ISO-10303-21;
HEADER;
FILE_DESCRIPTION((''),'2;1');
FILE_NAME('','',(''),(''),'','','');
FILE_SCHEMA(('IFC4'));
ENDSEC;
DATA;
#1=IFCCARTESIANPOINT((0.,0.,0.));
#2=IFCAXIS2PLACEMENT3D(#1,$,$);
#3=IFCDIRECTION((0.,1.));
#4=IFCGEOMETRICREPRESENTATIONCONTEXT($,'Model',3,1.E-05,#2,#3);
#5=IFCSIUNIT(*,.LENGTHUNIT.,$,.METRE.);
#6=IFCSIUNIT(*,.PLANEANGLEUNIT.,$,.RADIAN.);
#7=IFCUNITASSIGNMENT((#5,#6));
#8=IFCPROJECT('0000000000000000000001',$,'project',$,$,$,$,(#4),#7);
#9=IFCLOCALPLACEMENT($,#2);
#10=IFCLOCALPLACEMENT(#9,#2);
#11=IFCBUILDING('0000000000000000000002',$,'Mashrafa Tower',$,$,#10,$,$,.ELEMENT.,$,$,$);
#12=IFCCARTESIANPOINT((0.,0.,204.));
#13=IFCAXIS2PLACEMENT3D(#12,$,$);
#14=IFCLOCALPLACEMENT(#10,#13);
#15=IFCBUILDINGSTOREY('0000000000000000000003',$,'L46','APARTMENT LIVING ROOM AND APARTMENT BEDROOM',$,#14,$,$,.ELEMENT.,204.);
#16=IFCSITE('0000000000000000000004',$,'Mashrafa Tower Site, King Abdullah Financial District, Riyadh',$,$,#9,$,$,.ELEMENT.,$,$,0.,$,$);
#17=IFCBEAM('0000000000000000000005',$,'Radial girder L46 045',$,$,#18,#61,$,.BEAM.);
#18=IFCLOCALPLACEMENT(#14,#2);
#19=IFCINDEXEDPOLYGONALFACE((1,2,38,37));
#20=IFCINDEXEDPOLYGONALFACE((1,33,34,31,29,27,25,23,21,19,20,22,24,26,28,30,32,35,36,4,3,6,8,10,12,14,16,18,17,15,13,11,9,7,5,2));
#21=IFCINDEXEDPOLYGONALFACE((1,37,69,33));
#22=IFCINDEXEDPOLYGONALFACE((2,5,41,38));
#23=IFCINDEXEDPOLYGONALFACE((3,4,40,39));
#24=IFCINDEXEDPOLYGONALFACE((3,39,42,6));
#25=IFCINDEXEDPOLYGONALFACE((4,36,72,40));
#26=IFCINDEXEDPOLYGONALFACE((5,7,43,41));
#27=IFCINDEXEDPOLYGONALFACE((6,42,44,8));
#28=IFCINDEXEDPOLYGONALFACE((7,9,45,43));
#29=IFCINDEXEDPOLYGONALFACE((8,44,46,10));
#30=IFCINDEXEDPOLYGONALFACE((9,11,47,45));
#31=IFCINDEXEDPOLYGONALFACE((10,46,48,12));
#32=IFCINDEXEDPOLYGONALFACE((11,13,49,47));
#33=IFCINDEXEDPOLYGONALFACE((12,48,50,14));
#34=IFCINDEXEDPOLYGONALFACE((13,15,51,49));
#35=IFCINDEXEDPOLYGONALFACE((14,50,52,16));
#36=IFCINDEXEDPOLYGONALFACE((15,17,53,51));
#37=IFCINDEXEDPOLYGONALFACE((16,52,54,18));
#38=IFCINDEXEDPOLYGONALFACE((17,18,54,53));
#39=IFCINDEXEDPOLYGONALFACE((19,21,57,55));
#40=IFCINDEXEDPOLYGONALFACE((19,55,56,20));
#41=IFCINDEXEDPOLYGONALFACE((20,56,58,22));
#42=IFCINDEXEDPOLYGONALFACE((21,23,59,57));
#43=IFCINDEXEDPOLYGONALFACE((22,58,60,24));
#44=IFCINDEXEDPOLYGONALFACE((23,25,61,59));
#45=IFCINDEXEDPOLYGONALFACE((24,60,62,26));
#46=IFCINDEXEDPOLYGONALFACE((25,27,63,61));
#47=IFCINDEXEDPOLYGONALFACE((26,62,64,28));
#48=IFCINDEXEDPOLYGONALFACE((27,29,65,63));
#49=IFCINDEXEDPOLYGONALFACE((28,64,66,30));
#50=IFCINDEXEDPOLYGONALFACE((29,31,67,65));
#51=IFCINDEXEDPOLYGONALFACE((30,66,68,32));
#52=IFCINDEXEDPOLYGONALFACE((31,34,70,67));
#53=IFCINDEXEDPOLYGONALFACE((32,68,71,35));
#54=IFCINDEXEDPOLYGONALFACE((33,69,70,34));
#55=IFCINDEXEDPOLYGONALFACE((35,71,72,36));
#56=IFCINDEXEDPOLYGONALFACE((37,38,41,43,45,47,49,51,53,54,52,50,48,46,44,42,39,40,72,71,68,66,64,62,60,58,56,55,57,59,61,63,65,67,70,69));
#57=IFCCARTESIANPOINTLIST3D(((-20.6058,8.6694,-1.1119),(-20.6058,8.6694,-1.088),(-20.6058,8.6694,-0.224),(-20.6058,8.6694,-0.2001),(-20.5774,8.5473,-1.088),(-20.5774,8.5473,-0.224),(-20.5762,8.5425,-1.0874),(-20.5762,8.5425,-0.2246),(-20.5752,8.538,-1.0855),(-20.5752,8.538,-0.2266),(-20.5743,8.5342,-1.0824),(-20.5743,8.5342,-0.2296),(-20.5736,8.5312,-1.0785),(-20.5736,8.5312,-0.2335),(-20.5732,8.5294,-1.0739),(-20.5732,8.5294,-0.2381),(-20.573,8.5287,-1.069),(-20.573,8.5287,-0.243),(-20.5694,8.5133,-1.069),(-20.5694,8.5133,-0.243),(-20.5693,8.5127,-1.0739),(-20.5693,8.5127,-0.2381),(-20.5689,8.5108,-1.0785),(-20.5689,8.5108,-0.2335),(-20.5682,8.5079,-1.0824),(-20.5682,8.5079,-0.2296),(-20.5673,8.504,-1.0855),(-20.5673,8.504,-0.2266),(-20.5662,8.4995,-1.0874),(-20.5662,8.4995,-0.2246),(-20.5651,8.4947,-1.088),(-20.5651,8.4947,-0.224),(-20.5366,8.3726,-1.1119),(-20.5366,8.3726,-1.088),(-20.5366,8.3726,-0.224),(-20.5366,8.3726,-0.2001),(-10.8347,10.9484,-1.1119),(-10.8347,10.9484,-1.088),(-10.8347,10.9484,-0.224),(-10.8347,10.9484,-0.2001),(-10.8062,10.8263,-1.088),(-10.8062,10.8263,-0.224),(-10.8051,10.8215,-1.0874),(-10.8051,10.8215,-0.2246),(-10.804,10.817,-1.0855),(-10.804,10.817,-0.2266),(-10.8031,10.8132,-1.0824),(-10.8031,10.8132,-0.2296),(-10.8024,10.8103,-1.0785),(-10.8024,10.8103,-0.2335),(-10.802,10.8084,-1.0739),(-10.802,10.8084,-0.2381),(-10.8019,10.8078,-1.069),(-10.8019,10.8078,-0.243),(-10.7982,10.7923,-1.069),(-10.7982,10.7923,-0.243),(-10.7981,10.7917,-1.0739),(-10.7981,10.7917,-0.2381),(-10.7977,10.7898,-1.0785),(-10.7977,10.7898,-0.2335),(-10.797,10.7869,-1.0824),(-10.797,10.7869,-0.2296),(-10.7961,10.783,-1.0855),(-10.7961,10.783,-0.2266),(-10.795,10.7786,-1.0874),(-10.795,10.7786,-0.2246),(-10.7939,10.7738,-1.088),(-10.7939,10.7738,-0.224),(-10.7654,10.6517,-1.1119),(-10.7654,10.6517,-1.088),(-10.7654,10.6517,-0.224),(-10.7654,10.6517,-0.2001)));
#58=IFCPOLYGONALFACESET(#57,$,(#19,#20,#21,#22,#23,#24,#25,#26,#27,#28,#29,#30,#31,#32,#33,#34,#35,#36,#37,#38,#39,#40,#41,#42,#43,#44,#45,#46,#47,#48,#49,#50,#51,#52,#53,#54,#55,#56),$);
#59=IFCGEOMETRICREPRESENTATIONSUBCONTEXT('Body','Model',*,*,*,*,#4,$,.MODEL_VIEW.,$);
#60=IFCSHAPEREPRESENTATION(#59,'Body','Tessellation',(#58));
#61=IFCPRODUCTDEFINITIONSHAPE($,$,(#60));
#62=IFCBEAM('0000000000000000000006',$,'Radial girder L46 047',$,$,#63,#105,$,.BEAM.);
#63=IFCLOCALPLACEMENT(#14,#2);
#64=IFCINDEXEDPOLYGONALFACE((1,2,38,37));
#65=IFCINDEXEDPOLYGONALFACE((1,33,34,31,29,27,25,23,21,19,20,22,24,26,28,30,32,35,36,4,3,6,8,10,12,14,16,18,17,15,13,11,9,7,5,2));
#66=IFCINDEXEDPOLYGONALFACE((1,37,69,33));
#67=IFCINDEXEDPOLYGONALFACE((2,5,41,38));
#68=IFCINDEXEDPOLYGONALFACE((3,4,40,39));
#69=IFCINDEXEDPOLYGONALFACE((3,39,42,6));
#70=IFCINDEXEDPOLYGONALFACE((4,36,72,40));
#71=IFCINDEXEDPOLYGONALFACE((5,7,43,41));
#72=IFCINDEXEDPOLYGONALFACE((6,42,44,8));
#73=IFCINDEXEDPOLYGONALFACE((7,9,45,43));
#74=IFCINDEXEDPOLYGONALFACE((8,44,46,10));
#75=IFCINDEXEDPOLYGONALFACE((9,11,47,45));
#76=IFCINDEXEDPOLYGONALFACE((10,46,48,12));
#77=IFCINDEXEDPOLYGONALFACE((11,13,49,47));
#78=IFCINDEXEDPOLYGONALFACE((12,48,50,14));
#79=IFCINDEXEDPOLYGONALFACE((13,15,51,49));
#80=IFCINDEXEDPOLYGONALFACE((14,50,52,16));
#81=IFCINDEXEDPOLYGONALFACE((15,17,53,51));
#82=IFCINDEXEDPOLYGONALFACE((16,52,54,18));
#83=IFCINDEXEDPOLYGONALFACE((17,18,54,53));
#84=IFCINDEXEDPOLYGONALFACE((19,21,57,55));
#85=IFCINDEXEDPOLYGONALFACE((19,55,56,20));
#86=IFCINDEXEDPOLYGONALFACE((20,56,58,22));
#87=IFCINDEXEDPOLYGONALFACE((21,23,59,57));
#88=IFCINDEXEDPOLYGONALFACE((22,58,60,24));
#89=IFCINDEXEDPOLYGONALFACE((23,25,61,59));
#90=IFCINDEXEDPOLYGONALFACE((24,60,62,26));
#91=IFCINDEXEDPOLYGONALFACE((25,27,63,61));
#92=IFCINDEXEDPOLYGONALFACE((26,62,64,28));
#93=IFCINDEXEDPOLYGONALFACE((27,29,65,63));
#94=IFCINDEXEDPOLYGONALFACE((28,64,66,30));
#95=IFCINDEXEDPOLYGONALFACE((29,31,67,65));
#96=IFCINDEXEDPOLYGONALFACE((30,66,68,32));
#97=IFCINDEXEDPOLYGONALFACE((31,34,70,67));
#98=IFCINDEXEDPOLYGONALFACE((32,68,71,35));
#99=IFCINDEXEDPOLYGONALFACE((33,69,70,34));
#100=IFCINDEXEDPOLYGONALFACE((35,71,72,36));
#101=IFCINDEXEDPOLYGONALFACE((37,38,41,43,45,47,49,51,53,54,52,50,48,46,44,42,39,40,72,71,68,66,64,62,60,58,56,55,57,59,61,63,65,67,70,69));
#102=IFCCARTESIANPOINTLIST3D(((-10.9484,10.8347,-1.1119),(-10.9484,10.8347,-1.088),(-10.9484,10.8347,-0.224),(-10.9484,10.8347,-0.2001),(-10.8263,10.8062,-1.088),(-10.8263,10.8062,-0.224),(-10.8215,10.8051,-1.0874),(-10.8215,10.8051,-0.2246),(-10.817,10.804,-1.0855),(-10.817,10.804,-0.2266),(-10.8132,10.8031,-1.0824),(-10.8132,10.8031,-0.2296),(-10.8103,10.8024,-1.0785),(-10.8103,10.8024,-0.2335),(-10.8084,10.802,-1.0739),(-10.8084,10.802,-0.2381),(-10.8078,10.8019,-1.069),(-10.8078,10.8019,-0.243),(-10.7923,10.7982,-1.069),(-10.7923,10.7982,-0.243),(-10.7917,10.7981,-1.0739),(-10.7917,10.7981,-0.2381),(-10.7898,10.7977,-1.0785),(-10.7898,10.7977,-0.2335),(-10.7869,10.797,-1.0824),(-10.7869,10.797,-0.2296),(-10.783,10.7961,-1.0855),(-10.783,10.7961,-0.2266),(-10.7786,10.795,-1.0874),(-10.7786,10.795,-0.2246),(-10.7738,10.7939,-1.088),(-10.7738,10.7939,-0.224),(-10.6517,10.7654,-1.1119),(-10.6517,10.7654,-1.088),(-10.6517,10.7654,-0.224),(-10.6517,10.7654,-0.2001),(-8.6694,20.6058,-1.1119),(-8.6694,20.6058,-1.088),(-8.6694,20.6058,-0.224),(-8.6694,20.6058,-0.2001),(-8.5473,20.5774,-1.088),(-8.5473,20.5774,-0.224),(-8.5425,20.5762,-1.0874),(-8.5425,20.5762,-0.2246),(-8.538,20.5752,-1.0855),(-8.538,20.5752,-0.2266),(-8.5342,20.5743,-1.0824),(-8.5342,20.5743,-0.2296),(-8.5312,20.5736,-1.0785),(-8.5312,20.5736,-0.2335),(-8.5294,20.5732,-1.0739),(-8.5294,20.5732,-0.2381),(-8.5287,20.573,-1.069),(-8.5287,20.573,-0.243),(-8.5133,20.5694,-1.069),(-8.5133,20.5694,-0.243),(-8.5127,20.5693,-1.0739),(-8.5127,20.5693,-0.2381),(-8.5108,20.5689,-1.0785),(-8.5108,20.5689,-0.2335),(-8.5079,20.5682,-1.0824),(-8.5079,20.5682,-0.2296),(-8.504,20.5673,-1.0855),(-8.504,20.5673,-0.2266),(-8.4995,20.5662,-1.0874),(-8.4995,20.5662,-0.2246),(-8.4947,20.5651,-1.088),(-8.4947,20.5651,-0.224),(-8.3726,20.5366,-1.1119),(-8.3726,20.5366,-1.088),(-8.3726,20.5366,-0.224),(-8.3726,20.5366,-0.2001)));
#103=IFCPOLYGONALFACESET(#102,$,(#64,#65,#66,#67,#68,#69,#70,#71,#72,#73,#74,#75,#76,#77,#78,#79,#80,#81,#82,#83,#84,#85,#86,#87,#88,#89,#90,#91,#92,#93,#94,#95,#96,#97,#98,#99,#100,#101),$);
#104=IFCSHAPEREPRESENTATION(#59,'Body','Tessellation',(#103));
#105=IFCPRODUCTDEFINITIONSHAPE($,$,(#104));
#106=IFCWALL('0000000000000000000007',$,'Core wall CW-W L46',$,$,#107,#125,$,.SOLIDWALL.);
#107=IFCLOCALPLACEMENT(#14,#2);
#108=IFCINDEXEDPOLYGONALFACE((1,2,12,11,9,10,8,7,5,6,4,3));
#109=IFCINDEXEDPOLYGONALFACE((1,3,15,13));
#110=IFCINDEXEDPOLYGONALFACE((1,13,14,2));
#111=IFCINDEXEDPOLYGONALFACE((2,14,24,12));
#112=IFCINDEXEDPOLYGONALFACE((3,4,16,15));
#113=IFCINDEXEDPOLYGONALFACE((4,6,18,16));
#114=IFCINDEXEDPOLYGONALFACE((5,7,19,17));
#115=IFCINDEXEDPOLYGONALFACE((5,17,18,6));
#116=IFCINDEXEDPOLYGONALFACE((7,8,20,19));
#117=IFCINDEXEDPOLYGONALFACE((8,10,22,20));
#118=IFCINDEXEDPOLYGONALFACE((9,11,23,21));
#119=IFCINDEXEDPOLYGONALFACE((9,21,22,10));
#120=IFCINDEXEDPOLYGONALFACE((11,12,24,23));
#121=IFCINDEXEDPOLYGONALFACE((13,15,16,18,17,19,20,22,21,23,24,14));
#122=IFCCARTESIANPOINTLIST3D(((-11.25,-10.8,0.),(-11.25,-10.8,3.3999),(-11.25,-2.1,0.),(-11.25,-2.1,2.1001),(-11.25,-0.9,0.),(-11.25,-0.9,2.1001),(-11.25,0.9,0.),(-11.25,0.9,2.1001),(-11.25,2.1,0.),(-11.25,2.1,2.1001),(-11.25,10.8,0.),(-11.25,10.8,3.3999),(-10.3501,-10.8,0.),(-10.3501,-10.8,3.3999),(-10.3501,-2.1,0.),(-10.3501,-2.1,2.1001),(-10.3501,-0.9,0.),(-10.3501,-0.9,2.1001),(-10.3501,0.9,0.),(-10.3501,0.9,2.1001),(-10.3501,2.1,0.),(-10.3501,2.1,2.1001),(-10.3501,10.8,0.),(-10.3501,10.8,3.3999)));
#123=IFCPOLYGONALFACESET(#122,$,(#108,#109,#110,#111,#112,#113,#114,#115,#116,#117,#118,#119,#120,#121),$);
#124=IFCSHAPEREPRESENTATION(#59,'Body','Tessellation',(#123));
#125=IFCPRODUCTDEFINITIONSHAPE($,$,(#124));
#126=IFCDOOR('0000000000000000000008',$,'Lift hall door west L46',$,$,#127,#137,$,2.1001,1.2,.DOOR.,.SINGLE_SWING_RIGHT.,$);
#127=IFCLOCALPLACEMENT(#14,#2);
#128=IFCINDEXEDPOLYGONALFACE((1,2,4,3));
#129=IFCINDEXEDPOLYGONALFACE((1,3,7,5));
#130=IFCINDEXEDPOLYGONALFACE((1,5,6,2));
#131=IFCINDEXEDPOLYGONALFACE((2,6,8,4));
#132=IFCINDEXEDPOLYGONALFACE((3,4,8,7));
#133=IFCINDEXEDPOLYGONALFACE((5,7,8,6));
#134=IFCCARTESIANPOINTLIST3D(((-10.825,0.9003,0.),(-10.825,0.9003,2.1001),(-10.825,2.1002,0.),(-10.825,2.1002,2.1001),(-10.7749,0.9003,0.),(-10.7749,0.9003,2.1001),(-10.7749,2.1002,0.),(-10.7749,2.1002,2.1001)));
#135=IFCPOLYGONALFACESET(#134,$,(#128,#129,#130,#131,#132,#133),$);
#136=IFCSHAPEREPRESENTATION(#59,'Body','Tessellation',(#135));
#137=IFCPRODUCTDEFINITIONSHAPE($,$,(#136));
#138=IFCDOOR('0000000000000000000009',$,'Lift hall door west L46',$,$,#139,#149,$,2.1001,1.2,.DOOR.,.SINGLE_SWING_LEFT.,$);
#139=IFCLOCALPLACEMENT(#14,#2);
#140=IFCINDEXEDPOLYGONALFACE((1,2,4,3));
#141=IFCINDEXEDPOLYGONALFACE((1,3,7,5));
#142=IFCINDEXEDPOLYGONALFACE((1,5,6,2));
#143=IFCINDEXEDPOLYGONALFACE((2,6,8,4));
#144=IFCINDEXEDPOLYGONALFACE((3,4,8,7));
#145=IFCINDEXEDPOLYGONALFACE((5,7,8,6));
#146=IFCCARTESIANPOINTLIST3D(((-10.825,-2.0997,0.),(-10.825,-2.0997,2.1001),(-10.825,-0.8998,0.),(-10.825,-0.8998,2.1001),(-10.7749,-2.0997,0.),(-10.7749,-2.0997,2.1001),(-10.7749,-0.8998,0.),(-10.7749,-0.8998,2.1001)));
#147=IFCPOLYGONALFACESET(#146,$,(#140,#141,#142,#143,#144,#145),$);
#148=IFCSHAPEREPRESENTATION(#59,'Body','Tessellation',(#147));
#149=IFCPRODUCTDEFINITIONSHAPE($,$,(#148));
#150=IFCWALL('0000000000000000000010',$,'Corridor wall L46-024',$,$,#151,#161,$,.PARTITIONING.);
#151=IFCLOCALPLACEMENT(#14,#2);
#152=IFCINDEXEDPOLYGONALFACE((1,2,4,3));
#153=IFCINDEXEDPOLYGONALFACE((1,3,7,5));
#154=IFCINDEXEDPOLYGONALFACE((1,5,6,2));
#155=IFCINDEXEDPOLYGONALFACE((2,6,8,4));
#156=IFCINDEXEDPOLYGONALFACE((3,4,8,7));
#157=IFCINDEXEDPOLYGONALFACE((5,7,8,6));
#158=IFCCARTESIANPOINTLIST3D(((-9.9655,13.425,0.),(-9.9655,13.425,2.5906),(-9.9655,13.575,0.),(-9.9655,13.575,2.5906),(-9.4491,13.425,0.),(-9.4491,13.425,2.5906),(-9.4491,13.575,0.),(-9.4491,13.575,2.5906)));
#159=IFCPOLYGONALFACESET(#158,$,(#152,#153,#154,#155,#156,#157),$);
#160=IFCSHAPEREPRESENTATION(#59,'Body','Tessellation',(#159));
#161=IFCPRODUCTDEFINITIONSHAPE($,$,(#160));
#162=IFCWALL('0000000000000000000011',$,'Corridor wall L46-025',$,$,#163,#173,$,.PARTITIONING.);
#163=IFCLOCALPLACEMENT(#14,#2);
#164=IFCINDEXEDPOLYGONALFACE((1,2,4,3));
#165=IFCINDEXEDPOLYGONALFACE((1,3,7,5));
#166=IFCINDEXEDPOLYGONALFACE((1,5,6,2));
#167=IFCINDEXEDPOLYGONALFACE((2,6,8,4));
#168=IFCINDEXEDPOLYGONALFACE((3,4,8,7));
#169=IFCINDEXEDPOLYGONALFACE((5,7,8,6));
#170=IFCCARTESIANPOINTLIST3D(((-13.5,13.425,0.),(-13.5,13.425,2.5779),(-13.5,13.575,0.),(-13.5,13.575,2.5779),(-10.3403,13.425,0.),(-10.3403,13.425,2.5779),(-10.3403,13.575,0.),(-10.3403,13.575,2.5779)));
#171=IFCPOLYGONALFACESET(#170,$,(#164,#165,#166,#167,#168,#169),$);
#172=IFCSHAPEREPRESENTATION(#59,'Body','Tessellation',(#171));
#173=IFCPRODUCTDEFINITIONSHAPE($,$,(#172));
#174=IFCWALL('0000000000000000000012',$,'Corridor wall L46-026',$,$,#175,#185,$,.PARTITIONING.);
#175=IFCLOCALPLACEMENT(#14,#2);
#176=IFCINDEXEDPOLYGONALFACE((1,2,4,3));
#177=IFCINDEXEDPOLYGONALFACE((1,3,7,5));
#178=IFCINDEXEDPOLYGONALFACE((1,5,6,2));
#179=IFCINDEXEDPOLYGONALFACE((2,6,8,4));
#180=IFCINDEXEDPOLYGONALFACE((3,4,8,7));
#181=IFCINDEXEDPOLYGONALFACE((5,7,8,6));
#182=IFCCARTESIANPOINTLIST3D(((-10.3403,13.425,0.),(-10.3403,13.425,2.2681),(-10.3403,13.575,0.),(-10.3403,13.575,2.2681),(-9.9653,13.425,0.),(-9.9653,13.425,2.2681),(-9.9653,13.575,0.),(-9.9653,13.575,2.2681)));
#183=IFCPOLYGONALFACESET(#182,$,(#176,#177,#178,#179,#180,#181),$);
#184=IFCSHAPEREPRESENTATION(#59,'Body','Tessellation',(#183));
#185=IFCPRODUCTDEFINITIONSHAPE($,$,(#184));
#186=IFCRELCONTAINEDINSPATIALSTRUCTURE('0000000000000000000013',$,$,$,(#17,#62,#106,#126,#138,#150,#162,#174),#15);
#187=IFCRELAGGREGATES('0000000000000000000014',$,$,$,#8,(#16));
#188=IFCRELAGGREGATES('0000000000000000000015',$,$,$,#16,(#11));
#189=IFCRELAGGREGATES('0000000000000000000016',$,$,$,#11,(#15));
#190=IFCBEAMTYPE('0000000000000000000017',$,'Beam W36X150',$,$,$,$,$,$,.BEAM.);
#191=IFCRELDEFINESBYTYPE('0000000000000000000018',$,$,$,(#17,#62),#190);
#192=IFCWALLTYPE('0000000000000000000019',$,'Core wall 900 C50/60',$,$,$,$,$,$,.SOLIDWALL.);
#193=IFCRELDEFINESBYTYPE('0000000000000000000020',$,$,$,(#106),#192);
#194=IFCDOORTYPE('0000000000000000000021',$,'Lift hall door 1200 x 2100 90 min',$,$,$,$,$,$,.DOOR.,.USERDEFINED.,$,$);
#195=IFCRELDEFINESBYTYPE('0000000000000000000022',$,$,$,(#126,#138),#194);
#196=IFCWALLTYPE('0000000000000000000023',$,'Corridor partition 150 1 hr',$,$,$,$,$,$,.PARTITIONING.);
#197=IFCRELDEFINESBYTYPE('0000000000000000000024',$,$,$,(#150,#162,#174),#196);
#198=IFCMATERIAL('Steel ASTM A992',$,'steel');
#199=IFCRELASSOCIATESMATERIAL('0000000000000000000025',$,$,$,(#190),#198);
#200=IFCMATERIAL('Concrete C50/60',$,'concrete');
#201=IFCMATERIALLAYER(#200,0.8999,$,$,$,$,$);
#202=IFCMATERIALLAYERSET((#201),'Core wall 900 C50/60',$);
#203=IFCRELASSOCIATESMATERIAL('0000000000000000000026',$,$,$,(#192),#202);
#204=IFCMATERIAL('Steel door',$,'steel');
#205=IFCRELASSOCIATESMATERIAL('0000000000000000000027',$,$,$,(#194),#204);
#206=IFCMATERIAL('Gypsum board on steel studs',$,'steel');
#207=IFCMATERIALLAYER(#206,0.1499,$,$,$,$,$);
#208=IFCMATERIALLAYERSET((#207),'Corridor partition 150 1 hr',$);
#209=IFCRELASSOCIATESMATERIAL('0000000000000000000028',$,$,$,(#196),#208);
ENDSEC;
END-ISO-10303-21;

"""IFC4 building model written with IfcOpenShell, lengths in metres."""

from ifc_helpers import new_model, si_unit, direction, frame, frame_2d, origin, origin_2d, place, context, subcontext, project, spatial, rectangle, i_section, extrude, material, layer, layer_set, material_profile, profile_set, type_object, element, fill, save


model = new_model("IFC4")

# Units and contexts
model_context = context("Model", 3, precision=1e-05, world=origin(), true_north=direction((0.0, 1.0)))
body_context = subcontext(model_context, "Body", "Model", "MODEL_VIEW")
ifc_project = project(units=[si_unit("LENGTHUNIT", "METRE"), si_unit("PLANEANGLEUNIT", "RADIAN")], contexts=[model_context])

# Site, building, storey
site_placement = place(None, origin())
site = spatial("IfcSite", under=ifc_project, at=site_placement, Name="Mashrafa Tower Site, King Abdullah Financial District, Riyadh", CompositionType="ELEMENT", RefElevation=0.0)
building_placement = place(site_placement, origin())
building = spatial("IfcBuilding", under=site, at=building_placement, Name="Mashrafa Tower", CompositionType="ELEMENT")
storey_placement = place(building_placement, frame((0.0, 0.0, 204.0)))
storey = spatial("IfcBuildingStorey", under=building, at=storey_placement, Name="L46", Description="APARTMENT LIVING ROOM AND APARTMENT BEDROOM", CompositionType="ELEMENT", Elevation=204.0)

# Beams
ifc_material_1 = material(Name="Steel ASTM A992", Category="steel")
ifc_material_profile_1 = material_profile(ifc_material_1, i_section(OverallWidth=0.3047, OverallDepth=0.9119, WebThickness=0.0159, FlangeThickness=0.0239, FilletRadius=0.019, at=origin_2d()), Name="W36X150")
ifc_profile_set_1 = profile_set([ifc_material_profile_1], Name="Steel ASTM A992")
beam_type_1 = type_object("IfcBeamType", Name="Beam W36X150", PredefinedType="BEAM", material=ifc_profile_set_1)
for number, where, z_axis, x_axis, name in (
    (1, (-10.8, 10.8, -0.656), (-0.973861, -0.227144, 0.0), (0.227144, -0.973861, 0.0), "Radial girder L46 045"),
    (2, (-10.8, 10.8, -0.656), (0.227144, 0.973861, 0.0), (-0.973861, 0.227144, 0.0), "Radial girder L46 047"),
):
    element("IfcBeam", number, at=place(storey_placement, frame(where, z_axis=z_axis, x_axis=x_axis)), inside=storey, type_object=beam_type_1, Name=name, PredefinedType="BEAM", context=body_context, shape_type="SweptSolid", body=[
        extrude(i_section(OverallWidth=0.3047, OverallDepth=0.9119, WebThickness=0.0159, FlangeThickness=0.0239, FilletRadius=0.019, at=origin_2d()), origin(), (0.0, 0.0, 1.0), 10.0334),
    ])

# Wall, openings, doors
ifc_material_2 = material(Name="Concrete C50/60", Category="concrete")
ifc_layer_1 = layer(ifc_material_2, 0.8999)
ifc_layer_set_1 = layer_set([ifc_layer_1], Name="Core wall 900 C50/60")
wall_type_1 = type_object("IfcWallType", Name="Core wall 900 C50/60", PredefinedType="SOLIDWALL", material=ifc_layer_set_1)
wall_1_placement = place(storey_placement, frame((-10.8, 10.8, 0.0), z_axis=(0.0, 0.0, 1.0), x_axis=(0.0, -1.0, 0.0)))
wall_1 = element("IfcWall", 3, at=wall_1_placement, inside=storey, type_object=wall_type_1, Name="Core wall CW-W L46", PredefinedType="SOLIDWALL", context=body_context, shape_type="SweptSolid", body=[
    extrude(rectangle(XDim=21.6001, YDim=0.8999, at=frame_2d((10.8, 0.0))), origin(), (0.0, 0.0, 1.0), 3.3999),
])
opening_1_placement = place(wall_1_placement, frame((8.7, 0.0, 0.0)))
opening_1 = element("IfcOpeningElement", 4, at=opening_1_placement, cuts=wall_1, PredefinedType="OPENING", context=body_context, shape_type="SweptSolid", body=[
    extrude(rectangle(XDim=1.2, YDim=2.1001, at=frame_2d((0.6001, 1.05))), frame((0.0, 0.46, 0.0), z_axis=(0.0, -1.0, 0.0), x_axis=(1.0, 0.0, 0.0)), (0.0, 0.0, 1.0), 0.9199),
])
opening_2_placement = place(wall_1_placement, frame((11.7, 0.0, 0.0)))
opening_2 = element("IfcOpeningElement", 5, at=opening_2_placement, cuts=wall_1, PredefinedType="OPENING", context=body_context, shape_type="SweptSolid", body=[
    extrude(rectangle(XDim=1.2, YDim=2.1001, at=frame_2d((0.6001, 1.05))), frame((0.0, 0.46, 0.0), z_axis=(0.0, -1.0, 0.0), x_axis=(1.0, 0.0, 0.0)), (0.0, 0.0, 1.0), 0.9199),
])
ifc_material_3 = material(Name="Steel door", Category="steel")
door_type_1 = type_object("IfcDoorType", Name="Lift hall door 1200 x 2100 90 min", OperationType="USERDEFINED", PredefinedType="DOOR", material=ifc_material_3)
door_1_placement = place(opening_1_placement, frame((1.2, 0.0, 0.0), z_axis=(0.0, 0.0, 1.0), x_axis=(-1.0, 0.0, 0.0)))
door_1 = element("IfcDoor", 6, at=door_1_placement, inside=storey, type_object=door_type_1, Name="Lift hall door west L46", OperationType="SINGLE_SWING_RIGHT", OverallHeight=2.1001, OverallWidth=1.2, PredefinedType="DOOR", context=body_context, shape_type="SweptSolid", body=[
    extrude(rectangle(XDim=1.2, YDim=2.1001, at=frame_2d((0.6001, 1.05))), frame((0.0, 0.0249, 0.0), z_axis=(0.0, -1.0, 0.0), x_axis=(1.0, 0.0, 0.0)), (0.0, 0.0, 1.0), 0.05),
])
fill(opening_1, door_1)
door_2_placement = place(opening_2_placement, frame((1.2, 0.0, 0.0), z_axis=(0.0, 0.0, 1.0), x_axis=(-1.0, 0.0, 0.0)))
door_2 = element("IfcDoor", 7, at=door_2_placement, inside=storey, type_object=door_type_1, Name="Lift hall door west L46", OperationType="SINGLE_SWING_LEFT", OverallHeight=2.1001, OverallWidth=1.2, PredefinedType="DOOR", context=body_context, shape_type="SweptSolid", body=[
    extrude(rectangle(XDim=1.2, YDim=2.1001, at=frame_2d((0.6001, 1.05))), frame((0.0, 0.0249, 0.0), z_axis=(0.0, -1.0, 0.0), x_axis=(1.0, 0.0, 0.0)), (0.0, 0.0, 1.0), 0.05),
])
fill(opening_2, door_2)

# Walls
ifc_material_4 = material(Name="Gypsum board on steel studs", Category="steel")
ifc_layer_2 = layer(ifc_material_4, 0.1499)
ifc_layer_set_2 = layer_set([ifc_layer_2], Name="Corridor partition 150 1 hr")
wall_type_2 = type_object("IfcWallType", Name="Corridor partition 150 1 hr", PredefinedType="PARTITIONING", material=ifc_layer_set_2)
wall_2_placement = place(storey_placement, frame((-9.449, 13.5, 0.0), z_axis=(0.0, 0.0, 1.0), x_axis=(-1.0, 0.0, 0.0)))
element("IfcWall", 8, at=wall_2_placement, inside=storey, type_object=wall_type_2, Name="Corridor wall L46-024", PredefinedType="PARTITIONING", context=body_context, shape_type="SweptSolid", body=[
    extrude(rectangle(XDim=0.5164, YDim=0.1499, at=frame_2d((0.2583, 0.0))), origin(), (0.0, 0.0, 1.0), 2.5906),
])
wall_3_placement = place(storey_placement, frame((-10.3403, 13.5, 0.0), z_axis=(0.0, 0.0, 1.0), x_axis=(-1.0, 0.0, 0.0)))
element("IfcWall", 9, at=wall_3_placement, inside=storey, type_object=wall_type_2, Name="Corridor wall L46-025", PredefinedType="PARTITIONING", context=body_context, shape_type="SweptSolid", body=[
    extrude(rectangle(XDim=3.1597, YDim=0.1499, at=frame_2d((1.5798, 0.0))), origin(), (0.0, 0.0, 1.0), 2.5779),
])
wall_4_placement = place(storey_placement, frame((-9.9653, 13.5, 0.0), z_axis=(0.0, 0.0, 1.0), x_axis=(-1.0, 0.0, 0.0)))
element("IfcWall", 10, at=wall_4_placement, inside=storey, type_object=wall_type_2, Name="Corridor wall L46-026", PredefinedType="PARTITIONING", context=body_context, shape_type="SweptSolid", body=[
    extrude(rectangle(XDim=0.375, YDim=0.1499, at=frame_2d((0.1875, 0.0))), origin(), (0.0, 0.0, 1.0), 2.2681),
])

save(model, "model.ifc")
